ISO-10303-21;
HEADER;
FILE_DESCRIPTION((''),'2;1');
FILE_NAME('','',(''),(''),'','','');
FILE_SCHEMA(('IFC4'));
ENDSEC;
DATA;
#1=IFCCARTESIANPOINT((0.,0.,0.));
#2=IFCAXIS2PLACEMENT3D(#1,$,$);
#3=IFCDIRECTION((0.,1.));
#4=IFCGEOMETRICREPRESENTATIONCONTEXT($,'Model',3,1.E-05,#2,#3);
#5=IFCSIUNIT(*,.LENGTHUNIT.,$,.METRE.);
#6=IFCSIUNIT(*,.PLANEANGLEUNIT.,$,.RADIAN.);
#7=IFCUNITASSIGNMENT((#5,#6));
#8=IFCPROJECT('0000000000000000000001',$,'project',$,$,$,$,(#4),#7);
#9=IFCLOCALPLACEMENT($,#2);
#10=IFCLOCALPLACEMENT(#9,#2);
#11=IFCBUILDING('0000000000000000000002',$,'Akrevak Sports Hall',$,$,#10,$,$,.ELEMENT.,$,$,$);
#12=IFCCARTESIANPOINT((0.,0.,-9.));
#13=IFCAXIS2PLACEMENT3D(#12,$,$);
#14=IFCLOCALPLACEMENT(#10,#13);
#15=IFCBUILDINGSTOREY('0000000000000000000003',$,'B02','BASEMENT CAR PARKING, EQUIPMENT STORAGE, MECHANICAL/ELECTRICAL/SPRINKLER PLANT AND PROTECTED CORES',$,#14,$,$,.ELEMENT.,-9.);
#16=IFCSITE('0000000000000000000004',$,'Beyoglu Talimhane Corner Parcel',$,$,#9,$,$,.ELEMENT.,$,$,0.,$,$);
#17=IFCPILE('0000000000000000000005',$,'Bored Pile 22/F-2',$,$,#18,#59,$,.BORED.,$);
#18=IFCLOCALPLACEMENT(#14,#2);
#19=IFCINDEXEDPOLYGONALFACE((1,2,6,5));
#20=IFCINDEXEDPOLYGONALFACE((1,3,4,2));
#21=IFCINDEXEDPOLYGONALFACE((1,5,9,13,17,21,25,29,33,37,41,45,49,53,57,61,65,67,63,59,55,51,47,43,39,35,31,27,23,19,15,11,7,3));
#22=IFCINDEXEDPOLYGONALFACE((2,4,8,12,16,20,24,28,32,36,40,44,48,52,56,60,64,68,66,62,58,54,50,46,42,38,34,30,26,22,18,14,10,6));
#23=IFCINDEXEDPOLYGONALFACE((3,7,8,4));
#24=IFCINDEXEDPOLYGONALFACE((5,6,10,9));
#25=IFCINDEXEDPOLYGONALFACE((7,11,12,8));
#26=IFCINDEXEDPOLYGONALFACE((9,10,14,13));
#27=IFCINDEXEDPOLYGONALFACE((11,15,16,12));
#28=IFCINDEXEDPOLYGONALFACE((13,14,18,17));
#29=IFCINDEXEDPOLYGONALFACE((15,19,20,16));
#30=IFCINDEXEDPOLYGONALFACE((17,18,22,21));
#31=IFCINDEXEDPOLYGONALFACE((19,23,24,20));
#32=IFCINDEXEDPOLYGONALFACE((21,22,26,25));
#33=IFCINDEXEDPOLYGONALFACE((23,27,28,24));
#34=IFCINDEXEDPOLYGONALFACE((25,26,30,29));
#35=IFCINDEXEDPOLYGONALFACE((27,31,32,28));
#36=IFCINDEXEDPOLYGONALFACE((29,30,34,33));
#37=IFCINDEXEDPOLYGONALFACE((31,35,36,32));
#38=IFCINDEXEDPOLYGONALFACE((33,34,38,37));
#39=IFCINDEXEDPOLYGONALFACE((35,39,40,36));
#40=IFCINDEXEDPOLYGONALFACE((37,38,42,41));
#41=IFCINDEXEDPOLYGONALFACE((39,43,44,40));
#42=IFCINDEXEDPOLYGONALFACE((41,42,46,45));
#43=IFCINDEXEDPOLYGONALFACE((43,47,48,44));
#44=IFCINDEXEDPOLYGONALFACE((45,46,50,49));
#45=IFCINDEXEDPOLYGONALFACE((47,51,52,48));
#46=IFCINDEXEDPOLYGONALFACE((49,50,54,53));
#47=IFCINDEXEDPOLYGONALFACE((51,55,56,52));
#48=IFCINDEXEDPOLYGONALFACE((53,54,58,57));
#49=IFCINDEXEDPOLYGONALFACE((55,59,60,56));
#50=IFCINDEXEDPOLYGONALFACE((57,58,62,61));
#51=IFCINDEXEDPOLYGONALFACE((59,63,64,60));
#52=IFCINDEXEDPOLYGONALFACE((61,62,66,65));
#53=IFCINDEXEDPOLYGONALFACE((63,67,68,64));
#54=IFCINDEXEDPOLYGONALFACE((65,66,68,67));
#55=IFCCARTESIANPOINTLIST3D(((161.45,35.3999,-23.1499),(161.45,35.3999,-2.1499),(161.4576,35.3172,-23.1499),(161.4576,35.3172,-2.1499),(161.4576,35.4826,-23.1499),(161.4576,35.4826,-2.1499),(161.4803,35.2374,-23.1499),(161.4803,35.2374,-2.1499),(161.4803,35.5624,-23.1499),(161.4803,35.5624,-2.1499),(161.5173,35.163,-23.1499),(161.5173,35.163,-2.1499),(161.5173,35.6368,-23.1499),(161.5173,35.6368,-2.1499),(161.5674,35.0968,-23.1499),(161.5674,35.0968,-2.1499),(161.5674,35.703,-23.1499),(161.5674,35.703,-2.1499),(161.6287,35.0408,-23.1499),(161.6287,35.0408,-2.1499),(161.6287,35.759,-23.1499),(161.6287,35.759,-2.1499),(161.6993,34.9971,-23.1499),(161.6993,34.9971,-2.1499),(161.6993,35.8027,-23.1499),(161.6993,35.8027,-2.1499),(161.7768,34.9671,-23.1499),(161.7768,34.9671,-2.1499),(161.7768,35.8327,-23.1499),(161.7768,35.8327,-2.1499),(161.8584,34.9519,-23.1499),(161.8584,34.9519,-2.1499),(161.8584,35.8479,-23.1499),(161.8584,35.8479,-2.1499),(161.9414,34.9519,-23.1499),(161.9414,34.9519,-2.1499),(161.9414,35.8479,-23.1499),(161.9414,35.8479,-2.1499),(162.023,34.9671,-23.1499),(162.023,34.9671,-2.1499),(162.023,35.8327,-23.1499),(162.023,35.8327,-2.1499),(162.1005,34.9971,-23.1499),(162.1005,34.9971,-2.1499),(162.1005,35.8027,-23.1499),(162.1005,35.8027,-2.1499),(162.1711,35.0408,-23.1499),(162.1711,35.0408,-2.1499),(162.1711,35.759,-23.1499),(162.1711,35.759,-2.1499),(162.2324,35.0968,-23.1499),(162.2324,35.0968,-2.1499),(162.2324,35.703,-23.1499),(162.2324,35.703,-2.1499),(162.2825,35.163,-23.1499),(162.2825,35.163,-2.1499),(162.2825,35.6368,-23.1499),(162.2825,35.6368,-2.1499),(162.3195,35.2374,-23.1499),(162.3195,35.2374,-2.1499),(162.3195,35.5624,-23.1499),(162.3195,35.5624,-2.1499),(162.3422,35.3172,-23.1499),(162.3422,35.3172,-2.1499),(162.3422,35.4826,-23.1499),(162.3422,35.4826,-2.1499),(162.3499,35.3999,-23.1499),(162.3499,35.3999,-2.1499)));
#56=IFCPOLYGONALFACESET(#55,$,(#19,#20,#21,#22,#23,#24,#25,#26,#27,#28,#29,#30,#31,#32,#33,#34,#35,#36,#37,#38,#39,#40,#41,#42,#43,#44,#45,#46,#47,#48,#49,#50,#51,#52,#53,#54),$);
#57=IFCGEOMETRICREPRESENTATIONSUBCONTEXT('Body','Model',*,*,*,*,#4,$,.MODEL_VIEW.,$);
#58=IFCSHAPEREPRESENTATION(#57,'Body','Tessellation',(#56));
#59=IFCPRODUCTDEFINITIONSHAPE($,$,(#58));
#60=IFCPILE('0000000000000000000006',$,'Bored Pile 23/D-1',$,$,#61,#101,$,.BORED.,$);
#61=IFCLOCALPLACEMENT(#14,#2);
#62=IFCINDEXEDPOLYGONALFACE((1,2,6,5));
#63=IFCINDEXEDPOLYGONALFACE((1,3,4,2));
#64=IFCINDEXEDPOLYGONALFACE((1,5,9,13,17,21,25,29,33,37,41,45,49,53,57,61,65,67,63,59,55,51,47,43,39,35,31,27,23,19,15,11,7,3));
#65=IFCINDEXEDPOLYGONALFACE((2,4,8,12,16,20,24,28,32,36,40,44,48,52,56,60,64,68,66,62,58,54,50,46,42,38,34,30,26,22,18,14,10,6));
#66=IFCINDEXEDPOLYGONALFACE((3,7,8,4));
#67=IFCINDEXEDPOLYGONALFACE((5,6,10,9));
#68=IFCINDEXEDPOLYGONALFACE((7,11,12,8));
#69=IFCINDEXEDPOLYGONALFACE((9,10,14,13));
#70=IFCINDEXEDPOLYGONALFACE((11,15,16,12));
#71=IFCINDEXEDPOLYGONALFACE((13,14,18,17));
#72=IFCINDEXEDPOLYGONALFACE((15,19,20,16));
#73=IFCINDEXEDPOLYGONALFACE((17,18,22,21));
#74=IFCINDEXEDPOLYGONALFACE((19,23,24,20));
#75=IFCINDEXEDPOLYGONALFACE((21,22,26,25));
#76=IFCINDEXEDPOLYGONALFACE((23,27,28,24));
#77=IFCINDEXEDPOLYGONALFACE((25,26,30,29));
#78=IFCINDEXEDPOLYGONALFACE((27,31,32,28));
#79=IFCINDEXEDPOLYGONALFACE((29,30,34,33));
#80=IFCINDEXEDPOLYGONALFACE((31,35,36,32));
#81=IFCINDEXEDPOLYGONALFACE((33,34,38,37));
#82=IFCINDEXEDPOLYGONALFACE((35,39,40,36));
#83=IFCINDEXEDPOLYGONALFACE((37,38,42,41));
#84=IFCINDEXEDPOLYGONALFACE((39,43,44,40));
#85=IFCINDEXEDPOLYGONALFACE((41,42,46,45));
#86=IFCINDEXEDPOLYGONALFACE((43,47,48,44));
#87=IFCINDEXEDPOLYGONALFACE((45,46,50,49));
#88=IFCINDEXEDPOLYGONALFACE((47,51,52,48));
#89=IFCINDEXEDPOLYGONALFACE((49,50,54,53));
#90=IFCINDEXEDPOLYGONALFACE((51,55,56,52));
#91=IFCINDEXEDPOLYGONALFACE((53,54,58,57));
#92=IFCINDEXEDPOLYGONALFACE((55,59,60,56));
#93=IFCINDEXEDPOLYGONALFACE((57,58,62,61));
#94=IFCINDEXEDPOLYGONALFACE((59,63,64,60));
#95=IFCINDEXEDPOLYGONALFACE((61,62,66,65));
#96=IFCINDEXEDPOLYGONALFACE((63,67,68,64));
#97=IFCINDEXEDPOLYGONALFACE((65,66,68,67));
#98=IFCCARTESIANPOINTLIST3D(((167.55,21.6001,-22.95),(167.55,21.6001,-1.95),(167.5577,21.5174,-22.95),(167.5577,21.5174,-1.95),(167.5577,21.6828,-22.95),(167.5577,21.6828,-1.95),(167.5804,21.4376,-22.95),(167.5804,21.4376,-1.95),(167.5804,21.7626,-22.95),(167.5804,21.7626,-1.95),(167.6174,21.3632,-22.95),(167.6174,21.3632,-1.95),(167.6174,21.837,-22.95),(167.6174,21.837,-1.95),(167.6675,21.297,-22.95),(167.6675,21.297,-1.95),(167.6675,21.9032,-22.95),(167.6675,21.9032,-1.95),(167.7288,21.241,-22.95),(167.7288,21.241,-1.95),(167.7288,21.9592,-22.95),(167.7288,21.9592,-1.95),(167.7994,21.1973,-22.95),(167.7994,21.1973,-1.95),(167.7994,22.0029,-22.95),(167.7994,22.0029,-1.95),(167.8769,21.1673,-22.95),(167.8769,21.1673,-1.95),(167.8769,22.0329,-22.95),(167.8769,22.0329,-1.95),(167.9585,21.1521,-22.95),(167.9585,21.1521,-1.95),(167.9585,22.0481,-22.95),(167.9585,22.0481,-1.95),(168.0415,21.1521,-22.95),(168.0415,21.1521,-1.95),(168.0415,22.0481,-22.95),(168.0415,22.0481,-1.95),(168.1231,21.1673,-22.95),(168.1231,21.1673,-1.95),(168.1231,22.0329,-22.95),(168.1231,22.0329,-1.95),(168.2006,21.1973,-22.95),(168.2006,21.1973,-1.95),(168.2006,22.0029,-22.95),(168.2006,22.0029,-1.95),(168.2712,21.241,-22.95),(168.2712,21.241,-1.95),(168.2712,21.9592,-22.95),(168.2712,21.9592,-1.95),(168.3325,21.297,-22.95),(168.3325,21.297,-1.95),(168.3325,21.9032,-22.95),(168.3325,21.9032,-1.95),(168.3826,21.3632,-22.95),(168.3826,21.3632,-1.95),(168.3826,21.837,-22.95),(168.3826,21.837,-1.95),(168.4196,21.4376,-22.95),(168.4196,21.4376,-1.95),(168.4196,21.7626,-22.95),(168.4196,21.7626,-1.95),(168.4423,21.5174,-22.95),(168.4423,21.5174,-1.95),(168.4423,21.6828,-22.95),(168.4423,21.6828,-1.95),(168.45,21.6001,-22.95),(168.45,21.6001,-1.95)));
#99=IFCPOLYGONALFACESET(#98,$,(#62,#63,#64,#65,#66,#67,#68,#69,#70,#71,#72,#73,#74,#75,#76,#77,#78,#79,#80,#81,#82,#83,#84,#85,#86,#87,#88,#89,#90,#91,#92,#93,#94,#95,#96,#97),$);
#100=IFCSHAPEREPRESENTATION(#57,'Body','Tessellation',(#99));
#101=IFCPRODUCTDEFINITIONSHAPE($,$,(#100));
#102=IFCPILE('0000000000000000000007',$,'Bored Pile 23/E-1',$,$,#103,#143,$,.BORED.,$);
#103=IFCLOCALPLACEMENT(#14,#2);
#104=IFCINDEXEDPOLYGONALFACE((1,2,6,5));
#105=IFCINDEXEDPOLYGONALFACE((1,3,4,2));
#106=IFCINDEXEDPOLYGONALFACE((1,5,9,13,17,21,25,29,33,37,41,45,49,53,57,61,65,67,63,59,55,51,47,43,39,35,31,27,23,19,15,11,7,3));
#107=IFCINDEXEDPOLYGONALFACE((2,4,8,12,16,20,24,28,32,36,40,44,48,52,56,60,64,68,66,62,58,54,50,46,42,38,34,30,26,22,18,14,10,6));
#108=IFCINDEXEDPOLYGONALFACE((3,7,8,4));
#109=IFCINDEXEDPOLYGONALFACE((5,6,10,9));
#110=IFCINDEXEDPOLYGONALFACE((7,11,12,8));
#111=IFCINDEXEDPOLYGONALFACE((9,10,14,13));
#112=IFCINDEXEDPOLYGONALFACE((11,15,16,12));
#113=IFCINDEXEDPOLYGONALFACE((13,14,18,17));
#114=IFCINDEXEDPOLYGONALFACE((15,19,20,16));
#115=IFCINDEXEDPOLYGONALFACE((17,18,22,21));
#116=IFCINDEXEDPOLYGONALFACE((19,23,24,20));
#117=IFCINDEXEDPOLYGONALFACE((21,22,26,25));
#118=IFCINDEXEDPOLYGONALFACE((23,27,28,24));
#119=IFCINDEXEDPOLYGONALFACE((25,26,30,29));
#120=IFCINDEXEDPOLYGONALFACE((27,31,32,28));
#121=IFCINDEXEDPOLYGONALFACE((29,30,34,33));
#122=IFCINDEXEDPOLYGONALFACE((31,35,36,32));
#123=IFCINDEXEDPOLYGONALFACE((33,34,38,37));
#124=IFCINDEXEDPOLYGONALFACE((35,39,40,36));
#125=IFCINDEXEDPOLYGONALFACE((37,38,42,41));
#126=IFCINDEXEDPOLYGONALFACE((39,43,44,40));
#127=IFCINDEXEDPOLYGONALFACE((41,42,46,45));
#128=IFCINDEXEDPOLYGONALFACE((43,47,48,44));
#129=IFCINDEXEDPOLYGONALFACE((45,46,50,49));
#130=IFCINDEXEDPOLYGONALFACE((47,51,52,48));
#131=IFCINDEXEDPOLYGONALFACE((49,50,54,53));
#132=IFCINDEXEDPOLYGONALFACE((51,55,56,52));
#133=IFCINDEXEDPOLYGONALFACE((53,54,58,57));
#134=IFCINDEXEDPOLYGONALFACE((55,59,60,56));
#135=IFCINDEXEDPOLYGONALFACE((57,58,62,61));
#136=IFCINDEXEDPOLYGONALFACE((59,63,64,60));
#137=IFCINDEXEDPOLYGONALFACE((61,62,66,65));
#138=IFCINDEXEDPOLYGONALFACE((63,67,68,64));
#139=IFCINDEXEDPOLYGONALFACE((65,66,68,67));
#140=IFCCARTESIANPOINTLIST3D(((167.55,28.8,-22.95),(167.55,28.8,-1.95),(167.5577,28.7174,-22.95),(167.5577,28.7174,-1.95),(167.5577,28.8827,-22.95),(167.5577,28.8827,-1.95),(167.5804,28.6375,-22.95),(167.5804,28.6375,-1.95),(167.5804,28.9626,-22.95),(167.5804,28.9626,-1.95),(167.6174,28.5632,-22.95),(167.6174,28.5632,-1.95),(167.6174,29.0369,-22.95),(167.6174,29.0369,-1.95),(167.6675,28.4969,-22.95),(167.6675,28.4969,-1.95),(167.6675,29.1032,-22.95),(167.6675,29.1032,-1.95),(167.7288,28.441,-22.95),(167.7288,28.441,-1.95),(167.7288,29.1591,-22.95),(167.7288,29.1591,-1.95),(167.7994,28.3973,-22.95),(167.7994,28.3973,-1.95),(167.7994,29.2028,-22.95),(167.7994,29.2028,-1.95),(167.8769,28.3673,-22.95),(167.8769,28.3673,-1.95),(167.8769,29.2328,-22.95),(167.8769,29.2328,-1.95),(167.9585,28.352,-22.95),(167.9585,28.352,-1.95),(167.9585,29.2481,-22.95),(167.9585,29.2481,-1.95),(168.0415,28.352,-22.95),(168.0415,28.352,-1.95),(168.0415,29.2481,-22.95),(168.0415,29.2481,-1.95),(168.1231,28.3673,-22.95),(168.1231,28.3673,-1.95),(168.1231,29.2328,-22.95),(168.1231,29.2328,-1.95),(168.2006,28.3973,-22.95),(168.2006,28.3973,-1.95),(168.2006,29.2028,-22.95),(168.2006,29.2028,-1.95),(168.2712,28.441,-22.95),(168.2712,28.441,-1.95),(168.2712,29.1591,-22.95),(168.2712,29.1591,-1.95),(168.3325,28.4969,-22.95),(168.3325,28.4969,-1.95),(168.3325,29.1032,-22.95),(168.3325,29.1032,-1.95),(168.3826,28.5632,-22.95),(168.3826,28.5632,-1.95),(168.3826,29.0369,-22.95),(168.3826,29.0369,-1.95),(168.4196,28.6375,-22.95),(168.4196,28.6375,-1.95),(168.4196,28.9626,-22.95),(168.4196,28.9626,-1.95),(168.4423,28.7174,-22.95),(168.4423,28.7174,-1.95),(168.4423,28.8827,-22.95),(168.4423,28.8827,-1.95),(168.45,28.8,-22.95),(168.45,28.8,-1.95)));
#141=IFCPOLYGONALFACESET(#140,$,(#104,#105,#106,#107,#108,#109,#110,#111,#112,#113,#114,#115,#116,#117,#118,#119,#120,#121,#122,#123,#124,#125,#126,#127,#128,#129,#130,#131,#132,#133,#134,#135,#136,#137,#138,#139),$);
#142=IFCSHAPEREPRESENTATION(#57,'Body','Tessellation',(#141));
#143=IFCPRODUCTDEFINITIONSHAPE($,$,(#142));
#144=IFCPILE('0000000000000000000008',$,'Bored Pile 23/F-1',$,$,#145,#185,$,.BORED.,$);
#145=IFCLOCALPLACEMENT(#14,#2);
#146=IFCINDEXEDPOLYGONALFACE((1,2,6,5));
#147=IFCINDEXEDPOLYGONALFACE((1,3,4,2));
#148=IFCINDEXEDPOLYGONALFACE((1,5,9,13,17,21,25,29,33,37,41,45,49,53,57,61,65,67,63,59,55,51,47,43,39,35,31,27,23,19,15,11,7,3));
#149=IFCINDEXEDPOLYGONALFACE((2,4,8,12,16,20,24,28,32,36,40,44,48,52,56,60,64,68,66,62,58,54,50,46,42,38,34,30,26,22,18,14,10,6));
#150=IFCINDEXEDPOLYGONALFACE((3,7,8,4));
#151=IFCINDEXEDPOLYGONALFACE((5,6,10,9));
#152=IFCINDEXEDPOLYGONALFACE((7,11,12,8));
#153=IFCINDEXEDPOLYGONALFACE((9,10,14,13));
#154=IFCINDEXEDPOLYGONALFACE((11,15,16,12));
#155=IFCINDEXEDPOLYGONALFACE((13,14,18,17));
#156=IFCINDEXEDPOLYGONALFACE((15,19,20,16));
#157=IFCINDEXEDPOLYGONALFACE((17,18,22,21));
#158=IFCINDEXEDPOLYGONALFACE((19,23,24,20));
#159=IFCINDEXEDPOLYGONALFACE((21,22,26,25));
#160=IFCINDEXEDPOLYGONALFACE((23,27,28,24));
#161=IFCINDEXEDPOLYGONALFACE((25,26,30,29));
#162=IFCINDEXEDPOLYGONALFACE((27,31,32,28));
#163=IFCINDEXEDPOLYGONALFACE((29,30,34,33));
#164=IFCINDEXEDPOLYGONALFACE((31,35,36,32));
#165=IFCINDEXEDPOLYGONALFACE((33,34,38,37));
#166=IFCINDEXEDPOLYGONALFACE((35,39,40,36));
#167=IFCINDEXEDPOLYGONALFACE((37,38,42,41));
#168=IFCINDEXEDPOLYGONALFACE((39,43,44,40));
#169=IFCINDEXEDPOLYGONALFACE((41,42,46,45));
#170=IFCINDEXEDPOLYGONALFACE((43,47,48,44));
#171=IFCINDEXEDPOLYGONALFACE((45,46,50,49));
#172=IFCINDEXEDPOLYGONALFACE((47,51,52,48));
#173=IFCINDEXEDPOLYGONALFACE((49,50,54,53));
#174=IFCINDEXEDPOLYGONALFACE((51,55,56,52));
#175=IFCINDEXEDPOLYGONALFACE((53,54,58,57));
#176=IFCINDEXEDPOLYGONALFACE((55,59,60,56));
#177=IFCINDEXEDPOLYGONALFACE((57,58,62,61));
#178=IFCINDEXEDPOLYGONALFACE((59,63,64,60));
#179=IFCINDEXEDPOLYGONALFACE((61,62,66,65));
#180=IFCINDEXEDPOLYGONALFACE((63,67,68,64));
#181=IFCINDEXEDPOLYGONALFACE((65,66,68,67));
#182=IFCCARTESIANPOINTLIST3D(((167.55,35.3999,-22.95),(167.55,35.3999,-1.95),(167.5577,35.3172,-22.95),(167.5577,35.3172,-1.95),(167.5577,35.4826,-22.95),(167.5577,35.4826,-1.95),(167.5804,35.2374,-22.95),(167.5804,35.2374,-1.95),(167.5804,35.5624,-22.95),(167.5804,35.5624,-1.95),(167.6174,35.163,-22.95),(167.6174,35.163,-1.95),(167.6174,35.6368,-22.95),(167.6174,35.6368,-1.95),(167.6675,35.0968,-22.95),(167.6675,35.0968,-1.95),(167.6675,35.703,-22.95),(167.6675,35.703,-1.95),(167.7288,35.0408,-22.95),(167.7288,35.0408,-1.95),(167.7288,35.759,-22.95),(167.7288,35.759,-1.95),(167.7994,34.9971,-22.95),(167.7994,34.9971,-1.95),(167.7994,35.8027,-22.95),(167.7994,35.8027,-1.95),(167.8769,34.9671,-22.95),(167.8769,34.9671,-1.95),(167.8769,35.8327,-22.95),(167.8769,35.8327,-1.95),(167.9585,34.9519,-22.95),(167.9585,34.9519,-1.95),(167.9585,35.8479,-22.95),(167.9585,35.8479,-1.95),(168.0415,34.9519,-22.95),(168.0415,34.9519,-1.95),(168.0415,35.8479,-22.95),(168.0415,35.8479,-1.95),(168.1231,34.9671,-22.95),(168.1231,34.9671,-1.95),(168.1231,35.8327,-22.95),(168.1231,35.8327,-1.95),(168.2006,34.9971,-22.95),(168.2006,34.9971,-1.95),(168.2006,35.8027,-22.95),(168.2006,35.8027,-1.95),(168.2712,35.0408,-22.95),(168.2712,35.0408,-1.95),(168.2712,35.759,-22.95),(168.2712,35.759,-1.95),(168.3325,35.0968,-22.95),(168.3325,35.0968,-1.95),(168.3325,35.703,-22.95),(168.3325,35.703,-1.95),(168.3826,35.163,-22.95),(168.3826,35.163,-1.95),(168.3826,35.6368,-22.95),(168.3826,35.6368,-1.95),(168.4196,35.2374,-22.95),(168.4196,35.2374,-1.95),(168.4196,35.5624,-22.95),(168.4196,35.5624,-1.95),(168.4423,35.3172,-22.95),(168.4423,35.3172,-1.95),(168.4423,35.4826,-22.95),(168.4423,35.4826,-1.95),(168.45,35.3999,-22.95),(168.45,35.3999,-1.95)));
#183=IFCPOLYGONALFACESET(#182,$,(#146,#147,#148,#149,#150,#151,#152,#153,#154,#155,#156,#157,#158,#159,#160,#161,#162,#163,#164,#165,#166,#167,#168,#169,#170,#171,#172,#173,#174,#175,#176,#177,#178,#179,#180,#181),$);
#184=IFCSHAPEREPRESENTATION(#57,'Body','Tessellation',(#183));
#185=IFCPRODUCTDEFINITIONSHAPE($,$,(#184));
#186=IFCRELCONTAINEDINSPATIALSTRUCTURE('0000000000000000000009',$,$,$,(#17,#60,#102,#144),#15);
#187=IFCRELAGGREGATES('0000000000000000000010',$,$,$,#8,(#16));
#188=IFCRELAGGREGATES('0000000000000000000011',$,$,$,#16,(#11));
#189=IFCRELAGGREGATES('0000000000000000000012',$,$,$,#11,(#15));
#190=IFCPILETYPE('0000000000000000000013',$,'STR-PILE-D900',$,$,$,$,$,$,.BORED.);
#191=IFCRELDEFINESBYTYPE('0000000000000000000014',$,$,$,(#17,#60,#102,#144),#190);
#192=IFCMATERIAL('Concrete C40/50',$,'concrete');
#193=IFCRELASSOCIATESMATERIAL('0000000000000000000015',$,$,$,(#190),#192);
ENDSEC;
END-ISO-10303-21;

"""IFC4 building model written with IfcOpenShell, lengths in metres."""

from ifc_helpers import new_model, si_unit, direction, frame, origin, origin_2d, place, context, subcontext, project, spatial, circle, extrude, material, material_profile, profile_set, type_object, element, save


model = new_model("IFC4")

# Units and contexts
model_context = context("Model", 3, precision=1e-05, world=origin(), true_north=direction((0.0, 1.0)))
body_context = subcontext(model_context, "Body", "Model", "MODEL_VIEW")
ifc_project = project(units=[si_unit("LENGTHUNIT", "METRE"), si_unit("PLANEANGLEUNIT", "RADIAN")], contexts=[model_context])

# Site, building, storey
site_placement = place(None, origin())
site = spatial("IfcSite", under=ifc_project, at=site_placement, Name="Beyoglu Talimhane Corner Parcel", CompositionType="ELEMENT", RefElevation=0.0)
building_placement = place(site_placement, origin())
building = spatial("IfcBuilding", under=site, at=building_placement, Name="Akrevak Sports Hall", CompositionType="ELEMENT")
storey_placement = place(building_placement, frame((0.0, 0.0, -9.0)))
storey = spatial("IfcBuildingStorey", under=building, at=storey_placement, Name="B02", Description="BASEMENT CAR PARKING, EQUIPMENT STORAGE, MECHANICAL/ELECTRICAL/SPRINKLER PLANT AND PROTECTED CORES", CompositionType="ELEMENT", Elevation=-9.0)

# Shared definitions
ifc_material_1 = material(Name="Concrete C40/50", Category="concrete")

# Piles
ifc_material_profile_1 = material_profile(ifc_material_1, circle(Radius=0.45, at=origin_2d()), Name="BORED PILE D900", Category="concrete")
ifc_profile_set_1 = profile_set([ifc_material_profile_1], Name="Concrete C40/50")
pile_type_1 = type_object("IfcPileType", Name="STR-PILE-D900", PredefinedType="BORED", material=ifc_profile_set_1)
for number, where, z_axis, x_axis, name in (
    (1, (161.8999, 35.3999, -2.1499), (0.0, 0.0, -1.0), (1.0, 0.0, 0.0), "Bored Pile 22/F-2"),
    (2, (168.0, 21.6001, -1.95), (0.0, 0.0, -1.0), (1.0, 0.0, 0.0), "Bored Pile 23/D-1"),
    (3, (168.0, 28.8, -1.95), (0.0, 0.0, -1.0), (1.0, 0.0, 0.0), "Bored Pile 23/E-1"),
    (4, (168.0, 35.3999, -1.95), (0.0, 0.0, -1.0), (1.0, 0.0, 0.0), "Bored Pile 23/F-1"),
):
    element("IfcPile", number, at=place(storey_placement, frame(where, z_axis=z_axis, x_axis=x_axis)), inside=storey, type_object=pile_type_1, Name=name, PredefinedType="BORED", context=body_context, shape_type="SweptSolid", body=[
        extrude(circle(Radius=0.45, at=origin_2d()), origin(), (0.0, 0.0, 1.0), 21.0),
    ])

save(model, "model.ifc")
